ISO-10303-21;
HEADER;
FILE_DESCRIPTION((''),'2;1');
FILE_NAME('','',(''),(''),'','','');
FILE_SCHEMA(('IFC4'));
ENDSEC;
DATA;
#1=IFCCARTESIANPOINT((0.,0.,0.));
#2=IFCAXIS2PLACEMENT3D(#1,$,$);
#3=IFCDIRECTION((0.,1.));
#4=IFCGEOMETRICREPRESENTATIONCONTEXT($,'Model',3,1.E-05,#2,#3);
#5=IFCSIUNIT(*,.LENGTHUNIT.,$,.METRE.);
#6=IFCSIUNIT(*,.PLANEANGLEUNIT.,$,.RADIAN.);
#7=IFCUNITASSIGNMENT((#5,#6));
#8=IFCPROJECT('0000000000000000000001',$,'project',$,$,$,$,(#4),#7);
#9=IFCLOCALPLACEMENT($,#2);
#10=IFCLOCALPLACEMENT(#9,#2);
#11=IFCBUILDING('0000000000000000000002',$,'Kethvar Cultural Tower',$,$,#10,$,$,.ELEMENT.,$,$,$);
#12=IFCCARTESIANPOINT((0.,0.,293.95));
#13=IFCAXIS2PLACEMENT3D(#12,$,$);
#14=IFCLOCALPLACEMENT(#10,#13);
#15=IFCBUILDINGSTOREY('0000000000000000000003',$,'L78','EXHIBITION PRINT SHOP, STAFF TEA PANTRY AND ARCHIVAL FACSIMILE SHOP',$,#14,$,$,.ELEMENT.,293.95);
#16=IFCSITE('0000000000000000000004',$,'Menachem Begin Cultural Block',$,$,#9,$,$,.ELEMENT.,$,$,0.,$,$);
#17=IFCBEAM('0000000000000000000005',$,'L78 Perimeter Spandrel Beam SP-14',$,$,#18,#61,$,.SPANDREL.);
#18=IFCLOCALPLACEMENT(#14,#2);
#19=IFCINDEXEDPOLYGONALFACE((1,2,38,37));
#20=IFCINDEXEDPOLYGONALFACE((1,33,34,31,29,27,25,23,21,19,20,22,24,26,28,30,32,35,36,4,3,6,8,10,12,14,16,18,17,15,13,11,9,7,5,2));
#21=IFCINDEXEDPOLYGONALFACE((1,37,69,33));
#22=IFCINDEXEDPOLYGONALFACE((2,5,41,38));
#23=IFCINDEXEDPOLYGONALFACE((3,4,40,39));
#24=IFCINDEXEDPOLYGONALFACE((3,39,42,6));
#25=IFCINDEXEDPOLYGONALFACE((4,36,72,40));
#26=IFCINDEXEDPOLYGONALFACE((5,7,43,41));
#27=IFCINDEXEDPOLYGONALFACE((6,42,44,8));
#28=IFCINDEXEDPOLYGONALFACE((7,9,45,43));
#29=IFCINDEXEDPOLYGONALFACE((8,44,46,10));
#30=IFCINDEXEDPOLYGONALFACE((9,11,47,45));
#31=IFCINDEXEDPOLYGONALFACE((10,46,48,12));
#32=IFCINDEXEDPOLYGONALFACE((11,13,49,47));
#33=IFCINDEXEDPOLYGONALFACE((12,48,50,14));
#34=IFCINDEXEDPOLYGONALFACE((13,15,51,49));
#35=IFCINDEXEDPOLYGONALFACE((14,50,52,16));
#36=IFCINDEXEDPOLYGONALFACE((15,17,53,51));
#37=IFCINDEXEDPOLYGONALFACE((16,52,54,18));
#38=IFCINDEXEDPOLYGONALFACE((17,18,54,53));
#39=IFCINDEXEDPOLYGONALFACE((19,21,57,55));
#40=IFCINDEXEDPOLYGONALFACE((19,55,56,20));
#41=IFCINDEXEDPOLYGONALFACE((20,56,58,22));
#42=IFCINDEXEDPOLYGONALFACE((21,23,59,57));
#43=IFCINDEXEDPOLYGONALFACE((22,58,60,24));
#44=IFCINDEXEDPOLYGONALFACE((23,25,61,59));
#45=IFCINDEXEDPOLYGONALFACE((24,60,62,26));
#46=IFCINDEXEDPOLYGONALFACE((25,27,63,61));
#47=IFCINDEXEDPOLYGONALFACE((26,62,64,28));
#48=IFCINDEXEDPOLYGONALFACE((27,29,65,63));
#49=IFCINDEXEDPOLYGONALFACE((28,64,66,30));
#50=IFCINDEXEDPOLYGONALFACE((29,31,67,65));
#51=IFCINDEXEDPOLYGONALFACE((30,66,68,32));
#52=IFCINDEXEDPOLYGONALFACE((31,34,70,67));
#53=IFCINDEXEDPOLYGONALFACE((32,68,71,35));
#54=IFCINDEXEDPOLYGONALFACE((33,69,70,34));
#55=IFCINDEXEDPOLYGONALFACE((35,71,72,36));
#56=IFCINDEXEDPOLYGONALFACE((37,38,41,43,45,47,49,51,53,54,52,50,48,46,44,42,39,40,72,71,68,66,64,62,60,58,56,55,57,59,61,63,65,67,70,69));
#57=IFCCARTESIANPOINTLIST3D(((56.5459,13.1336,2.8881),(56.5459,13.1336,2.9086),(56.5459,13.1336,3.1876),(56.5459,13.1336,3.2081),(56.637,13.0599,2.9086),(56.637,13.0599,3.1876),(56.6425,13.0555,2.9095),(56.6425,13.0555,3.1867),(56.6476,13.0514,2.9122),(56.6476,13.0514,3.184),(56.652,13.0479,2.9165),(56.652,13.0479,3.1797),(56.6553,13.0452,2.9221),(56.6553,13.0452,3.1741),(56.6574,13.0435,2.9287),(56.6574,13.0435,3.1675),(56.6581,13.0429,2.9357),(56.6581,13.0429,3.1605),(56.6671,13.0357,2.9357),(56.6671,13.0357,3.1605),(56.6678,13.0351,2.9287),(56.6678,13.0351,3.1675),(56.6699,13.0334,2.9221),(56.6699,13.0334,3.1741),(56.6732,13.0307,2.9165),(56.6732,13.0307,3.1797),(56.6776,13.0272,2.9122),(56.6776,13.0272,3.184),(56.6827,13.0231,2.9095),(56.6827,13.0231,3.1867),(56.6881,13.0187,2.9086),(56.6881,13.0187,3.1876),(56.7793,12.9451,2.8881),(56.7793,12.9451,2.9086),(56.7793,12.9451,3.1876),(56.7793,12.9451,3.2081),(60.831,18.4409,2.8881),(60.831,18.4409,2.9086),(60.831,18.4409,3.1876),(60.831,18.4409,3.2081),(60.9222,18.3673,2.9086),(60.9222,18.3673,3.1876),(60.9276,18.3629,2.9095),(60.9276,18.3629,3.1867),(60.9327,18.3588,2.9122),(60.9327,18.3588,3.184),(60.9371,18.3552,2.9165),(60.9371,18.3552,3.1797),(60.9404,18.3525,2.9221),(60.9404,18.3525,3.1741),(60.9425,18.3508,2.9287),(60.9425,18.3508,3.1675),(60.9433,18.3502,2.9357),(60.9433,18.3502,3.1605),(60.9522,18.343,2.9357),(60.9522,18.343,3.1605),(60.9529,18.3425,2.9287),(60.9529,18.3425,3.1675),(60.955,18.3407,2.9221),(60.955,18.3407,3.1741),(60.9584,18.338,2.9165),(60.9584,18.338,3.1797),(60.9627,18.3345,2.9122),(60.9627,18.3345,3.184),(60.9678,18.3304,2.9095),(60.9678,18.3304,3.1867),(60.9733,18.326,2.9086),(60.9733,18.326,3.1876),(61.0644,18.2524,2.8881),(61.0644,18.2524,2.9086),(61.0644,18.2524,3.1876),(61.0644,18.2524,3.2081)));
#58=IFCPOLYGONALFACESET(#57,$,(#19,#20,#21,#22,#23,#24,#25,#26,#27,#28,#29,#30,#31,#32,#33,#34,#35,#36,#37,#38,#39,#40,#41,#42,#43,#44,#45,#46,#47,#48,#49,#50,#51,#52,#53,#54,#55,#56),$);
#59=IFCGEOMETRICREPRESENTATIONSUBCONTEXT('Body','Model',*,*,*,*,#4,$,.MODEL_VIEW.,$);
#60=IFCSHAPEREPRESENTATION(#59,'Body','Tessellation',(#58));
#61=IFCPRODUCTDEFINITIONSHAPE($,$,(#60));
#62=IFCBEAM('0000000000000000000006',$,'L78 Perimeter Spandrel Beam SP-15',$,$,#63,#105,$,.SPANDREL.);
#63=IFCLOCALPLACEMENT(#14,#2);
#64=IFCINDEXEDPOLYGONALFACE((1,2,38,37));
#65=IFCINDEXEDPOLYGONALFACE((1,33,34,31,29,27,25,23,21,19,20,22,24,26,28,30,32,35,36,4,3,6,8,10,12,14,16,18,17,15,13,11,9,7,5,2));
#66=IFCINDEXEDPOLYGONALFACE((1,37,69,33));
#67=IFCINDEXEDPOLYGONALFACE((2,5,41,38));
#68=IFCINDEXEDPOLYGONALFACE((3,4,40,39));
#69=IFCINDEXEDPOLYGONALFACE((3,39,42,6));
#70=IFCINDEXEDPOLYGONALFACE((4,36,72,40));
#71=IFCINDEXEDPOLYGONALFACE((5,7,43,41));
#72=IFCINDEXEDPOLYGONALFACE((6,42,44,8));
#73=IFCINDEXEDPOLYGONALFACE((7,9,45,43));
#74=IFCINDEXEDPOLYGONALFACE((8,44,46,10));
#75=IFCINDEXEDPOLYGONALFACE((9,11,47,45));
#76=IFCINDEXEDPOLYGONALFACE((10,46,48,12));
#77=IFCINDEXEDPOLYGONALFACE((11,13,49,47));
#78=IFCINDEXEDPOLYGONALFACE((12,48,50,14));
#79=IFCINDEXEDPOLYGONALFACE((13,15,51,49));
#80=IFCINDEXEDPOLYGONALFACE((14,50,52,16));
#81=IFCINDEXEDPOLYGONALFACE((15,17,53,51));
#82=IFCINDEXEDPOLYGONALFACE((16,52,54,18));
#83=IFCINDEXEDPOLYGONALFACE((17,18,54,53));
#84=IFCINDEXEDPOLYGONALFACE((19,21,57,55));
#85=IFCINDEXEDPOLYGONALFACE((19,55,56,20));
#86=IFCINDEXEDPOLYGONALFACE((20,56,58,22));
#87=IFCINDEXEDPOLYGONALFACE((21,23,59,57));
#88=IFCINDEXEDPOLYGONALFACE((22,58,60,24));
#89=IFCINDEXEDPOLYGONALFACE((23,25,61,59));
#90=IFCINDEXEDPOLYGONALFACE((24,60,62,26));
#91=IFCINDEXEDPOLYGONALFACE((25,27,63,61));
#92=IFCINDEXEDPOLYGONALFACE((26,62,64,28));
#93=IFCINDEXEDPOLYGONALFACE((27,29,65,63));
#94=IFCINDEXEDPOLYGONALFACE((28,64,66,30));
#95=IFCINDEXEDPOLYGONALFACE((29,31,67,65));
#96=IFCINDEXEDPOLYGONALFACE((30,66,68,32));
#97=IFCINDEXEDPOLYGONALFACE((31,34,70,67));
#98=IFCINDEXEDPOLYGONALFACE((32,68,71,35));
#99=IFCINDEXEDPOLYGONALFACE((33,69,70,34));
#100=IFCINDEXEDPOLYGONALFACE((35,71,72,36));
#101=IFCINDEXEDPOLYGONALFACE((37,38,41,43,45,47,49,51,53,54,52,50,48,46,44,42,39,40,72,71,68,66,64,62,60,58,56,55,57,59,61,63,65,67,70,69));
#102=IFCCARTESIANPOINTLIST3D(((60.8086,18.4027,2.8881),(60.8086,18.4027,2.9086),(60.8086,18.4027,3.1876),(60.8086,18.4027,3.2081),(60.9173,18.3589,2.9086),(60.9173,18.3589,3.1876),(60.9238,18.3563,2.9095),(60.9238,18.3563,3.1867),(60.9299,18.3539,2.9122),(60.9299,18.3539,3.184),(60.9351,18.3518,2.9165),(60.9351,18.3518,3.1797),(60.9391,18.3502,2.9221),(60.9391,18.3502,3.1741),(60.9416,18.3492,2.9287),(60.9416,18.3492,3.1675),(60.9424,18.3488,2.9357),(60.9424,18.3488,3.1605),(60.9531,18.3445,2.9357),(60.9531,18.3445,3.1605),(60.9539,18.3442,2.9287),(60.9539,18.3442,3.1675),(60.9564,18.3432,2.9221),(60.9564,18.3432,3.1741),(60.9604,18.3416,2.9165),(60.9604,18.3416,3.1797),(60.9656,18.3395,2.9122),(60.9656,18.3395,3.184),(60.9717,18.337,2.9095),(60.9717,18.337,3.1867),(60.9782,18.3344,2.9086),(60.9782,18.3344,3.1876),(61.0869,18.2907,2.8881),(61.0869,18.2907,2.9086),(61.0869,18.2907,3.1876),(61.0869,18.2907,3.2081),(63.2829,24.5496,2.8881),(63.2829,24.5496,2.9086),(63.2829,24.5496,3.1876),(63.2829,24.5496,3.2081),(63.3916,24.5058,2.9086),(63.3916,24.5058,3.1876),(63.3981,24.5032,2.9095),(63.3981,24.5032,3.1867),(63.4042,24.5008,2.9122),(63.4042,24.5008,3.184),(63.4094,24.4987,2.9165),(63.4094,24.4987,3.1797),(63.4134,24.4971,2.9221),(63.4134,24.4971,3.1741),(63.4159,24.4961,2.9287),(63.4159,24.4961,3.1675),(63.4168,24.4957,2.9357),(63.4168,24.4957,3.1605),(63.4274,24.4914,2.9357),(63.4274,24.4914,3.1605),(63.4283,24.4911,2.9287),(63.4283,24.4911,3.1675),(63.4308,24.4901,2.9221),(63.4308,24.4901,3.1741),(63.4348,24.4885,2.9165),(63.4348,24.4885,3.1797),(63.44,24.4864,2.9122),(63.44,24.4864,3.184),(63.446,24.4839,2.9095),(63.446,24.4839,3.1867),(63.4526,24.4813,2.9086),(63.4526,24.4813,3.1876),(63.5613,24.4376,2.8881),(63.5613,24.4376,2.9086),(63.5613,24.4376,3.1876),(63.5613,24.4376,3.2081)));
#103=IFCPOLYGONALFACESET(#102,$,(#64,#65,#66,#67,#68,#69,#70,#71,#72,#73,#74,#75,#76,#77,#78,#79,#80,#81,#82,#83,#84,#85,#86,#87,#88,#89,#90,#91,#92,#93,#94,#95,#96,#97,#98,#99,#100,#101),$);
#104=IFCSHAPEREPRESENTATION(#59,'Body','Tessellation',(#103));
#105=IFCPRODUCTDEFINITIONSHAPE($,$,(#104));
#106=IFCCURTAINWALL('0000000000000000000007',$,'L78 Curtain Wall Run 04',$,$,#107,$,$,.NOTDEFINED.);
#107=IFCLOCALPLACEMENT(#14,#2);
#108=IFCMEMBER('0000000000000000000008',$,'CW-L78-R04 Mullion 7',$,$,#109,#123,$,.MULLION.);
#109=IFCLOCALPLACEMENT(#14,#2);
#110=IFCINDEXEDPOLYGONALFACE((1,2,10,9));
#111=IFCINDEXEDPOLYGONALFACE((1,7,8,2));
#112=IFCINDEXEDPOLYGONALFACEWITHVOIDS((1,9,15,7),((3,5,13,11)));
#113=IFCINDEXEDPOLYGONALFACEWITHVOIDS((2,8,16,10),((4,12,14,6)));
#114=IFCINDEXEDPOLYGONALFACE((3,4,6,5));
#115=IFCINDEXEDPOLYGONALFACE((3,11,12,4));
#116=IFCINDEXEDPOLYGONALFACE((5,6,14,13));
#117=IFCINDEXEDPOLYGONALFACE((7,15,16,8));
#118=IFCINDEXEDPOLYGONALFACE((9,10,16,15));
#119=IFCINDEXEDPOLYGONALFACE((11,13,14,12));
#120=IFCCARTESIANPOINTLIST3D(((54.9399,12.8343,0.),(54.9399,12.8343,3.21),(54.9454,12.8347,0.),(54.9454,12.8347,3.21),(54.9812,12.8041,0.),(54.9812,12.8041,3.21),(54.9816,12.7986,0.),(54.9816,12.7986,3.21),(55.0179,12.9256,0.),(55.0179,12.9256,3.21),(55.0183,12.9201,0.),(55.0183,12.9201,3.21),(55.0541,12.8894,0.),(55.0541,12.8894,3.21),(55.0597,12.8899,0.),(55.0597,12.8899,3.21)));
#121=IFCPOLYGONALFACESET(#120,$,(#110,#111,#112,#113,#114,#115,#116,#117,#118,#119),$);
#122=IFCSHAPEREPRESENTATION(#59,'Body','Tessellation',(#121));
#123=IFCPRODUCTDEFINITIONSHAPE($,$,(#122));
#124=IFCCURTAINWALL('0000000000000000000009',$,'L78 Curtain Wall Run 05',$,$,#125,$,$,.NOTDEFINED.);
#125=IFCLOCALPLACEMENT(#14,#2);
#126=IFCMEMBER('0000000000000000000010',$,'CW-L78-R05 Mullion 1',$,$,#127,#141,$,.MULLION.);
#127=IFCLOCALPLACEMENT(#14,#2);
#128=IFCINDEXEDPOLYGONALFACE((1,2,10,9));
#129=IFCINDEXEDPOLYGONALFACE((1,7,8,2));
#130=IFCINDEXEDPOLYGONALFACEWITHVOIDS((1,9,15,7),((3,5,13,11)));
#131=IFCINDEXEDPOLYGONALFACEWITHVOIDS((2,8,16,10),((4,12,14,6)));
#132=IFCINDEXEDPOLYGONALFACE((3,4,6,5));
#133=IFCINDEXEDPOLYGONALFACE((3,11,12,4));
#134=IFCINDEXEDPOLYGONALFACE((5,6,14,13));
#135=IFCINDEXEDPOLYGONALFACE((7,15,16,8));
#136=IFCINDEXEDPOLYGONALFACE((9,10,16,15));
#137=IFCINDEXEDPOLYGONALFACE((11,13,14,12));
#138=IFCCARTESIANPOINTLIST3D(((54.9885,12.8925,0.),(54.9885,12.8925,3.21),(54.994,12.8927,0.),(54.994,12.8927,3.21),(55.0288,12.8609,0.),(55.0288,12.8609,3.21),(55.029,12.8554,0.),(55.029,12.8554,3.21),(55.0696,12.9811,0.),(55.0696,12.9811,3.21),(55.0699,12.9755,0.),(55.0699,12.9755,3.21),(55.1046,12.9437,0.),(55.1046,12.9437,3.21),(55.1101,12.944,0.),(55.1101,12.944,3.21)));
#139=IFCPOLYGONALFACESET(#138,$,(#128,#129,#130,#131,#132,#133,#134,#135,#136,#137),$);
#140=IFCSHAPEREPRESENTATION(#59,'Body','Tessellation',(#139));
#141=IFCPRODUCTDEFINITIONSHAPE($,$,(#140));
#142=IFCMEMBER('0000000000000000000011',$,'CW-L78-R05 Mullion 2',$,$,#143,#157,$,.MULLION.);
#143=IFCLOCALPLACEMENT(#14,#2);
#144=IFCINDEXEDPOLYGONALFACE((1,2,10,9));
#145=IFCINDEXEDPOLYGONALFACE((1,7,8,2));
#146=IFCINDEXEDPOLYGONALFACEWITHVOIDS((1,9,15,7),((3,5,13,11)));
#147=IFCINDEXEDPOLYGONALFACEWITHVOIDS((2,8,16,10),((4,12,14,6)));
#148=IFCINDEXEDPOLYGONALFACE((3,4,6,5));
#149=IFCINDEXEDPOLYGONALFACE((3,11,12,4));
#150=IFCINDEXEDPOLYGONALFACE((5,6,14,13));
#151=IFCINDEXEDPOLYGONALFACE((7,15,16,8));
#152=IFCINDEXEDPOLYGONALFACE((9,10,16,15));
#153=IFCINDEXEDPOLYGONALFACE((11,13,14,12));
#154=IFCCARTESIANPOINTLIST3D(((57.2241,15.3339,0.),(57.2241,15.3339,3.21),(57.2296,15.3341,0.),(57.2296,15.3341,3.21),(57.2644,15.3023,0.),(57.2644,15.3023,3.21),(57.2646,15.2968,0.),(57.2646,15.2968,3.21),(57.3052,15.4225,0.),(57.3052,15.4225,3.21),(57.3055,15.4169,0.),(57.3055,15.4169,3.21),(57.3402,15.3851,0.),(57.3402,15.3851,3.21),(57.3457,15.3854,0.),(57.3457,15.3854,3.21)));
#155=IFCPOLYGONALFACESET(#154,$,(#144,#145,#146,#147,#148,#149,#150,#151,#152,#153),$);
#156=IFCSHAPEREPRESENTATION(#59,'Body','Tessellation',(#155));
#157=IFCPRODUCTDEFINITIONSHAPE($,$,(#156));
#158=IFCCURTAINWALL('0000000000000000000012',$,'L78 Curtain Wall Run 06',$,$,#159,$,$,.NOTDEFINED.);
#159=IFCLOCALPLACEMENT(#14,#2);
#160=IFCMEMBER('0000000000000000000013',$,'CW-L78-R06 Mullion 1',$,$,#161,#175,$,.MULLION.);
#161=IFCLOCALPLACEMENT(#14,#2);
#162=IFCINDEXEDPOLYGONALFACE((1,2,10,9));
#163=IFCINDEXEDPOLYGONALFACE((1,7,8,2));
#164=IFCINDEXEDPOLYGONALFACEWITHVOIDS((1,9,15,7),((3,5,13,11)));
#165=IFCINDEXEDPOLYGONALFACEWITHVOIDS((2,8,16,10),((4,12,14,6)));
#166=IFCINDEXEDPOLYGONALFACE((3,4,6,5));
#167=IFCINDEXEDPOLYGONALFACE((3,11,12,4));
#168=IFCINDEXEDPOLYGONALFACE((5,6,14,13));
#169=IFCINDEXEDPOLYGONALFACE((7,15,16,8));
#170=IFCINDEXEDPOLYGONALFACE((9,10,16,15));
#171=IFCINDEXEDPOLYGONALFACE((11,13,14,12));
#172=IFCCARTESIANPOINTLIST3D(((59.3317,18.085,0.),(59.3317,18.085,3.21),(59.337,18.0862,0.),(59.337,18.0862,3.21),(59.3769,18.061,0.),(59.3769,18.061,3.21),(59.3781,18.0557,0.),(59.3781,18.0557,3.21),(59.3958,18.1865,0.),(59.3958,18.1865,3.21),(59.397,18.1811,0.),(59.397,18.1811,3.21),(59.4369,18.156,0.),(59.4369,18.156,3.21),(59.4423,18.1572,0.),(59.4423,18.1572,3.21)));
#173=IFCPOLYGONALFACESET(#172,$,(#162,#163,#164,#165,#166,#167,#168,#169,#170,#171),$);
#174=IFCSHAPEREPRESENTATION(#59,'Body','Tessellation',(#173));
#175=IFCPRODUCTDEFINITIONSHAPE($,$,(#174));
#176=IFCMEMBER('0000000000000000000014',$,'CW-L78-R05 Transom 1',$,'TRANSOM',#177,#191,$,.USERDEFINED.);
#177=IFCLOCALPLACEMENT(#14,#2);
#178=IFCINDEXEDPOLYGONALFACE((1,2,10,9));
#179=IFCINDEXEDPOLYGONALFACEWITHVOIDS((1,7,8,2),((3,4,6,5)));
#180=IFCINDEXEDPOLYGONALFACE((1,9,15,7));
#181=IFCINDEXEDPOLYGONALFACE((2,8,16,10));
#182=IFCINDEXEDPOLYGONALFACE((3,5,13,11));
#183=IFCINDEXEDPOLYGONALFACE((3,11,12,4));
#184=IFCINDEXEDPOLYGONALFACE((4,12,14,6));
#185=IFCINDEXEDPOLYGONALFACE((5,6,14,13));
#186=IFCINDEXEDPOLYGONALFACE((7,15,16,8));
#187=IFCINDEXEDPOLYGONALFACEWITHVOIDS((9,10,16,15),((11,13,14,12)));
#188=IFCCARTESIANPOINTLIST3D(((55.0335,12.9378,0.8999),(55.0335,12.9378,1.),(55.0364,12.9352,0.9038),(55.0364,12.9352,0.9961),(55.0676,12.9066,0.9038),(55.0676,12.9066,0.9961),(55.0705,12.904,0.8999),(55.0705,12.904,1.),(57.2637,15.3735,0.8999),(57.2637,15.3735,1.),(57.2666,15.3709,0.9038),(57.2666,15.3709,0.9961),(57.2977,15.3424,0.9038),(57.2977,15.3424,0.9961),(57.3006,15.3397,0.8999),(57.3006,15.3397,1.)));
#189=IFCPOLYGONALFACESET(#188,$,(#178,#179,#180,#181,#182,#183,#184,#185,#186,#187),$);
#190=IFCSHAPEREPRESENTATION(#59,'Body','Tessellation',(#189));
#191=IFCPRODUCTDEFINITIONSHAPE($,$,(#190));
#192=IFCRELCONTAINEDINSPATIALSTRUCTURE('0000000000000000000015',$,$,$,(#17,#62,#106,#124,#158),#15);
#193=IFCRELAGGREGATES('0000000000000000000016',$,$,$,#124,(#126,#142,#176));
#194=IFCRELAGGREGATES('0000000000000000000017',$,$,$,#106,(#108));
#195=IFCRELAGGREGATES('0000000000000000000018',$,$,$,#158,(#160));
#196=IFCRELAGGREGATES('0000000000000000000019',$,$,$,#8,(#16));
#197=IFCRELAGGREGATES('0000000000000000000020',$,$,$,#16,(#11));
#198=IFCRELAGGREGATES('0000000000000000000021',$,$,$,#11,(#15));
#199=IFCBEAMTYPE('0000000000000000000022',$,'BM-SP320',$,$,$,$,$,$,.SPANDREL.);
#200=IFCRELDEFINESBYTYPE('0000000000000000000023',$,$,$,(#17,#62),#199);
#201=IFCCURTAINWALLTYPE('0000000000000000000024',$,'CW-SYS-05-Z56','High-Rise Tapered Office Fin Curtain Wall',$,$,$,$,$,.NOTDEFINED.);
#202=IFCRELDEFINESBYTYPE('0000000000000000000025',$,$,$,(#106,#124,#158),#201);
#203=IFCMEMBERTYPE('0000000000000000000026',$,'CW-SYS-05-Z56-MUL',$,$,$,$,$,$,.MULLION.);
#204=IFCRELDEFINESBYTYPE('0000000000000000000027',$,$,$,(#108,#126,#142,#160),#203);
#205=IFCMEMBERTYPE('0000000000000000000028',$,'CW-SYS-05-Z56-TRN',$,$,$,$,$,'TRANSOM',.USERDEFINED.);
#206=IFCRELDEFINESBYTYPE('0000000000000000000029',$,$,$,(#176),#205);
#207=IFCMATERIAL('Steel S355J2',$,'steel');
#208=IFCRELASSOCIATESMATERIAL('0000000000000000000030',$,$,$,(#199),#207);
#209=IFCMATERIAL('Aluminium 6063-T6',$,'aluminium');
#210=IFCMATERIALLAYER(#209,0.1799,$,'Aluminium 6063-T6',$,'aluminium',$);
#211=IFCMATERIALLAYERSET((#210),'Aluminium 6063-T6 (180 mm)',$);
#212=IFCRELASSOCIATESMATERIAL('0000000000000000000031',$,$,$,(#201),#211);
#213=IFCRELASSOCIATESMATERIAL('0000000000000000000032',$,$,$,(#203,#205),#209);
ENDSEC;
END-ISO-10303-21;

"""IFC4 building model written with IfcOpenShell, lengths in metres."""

from ifc_helpers import new_model, si_unit, direction, frame, origin, origin_2d, place, context, subcontext, project, spatial, hollow_rectangle, i_section, extrude, source, transform, mapped, material, layer, layer_set, material_profile, profile_set, type_object, element, aggregate, save


model = new_model("IFC4")

# Units and contexts
model_context = context("Model", 3, precision=1e-05, world=origin(), true_north=direction((0.0, 1.0)))
body_context = subcontext(model_context, "Body", "Model", "MODEL_VIEW")
ifc_project = project(units=[si_unit("LENGTHUNIT", "METRE"), si_unit("PLANEANGLEUNIT", "RADIAN")], contexts=[model_context])

# Site, building, storey
site_placement = place(None, origin())
site = spatial("IfcSite", under=ifc_project, at=site_placement, Name="Menachem Begin Cultural Block", CompositionType="ELEMENT", RefElevation=0.0)
building_placement = place(site_placement, origin())
building = spatial("IfcBuilding", under=site, at=building_placement, Name="Kethvar Cultural Tower", CompositionType="ELEMENT")
storey_placement = place(building_placement, frame((0.0, 0.0, 293.95)))
storey = spatial("IfcBuildingStorey", under=building, at=storey_placement, Name="L78", Description="EXHIBITION PRINT SHOP, STAFF TEA PANTRY AND ARCHIVAL FACSIMILE SHOP", CompositionType="ELEMENT", Elevation=293.95)

# Shared definitions
ifc_material_1 = material(Name="Steel S355J2", Category="steel")

# Beams
ifc_material_profile_1 = material_profile(ifc_material_1, i_section(OverallWidth=0.3, OverallDepth=0.3201, WebThickness=0.0115, FlangeThickness=0.0205, FilletRadius=0.0271, at=origin_2d()), Name="Steel S355J2 — HEB320")
ifc_profile_set_1 = profile_set([ifc_material_profile_1], Name="Steel S355J2 — HEB320")
beam_type_1 = type_object("IfcBeamType", Name="BM-SP320", PredefinedType="SPANDREL", material=ifc_profile_set_1)
shared_shape_1 = source(origin(), body_context, "Body", "SweptSolid", [
    extrude(i_section(OverallWidth=0.3, OverallDepth=0.3201, WebThickness=0.0115, FlangeThickness=0.0205, FilletRadius=0.0271, at=origin_2d()), origin(), (0.0, 0.0, 1.0), 6.8213),
])
beam_1_placement = place(storey_placement, frame((56.6626, 13.0393, 3.0481), z_axis=(0.628198, 0.778054, 0.0), x_axis=(-0.778054, 0.628198, 0.0)))
element("IfcBeam", 1, at=beam_1_placement, inside=storey, type_object=beam_type_1, Name="L78 Perimeter Spandrel Beam SP-14", PredefinedType="SPANDREL", context=body_context, shape_type="MappedRepresentation", body=[
    mapped(shared_shape_1, transform((0.0, 0.0, 0.0), scale=1.0)),
])
shared_shape_2 = source(origin(), body_context, "Body", "SweptSolid", [
    extrude(i_section(OverallWidth=0.3, OverallDepth=0.3201, WebThickness=0.0115, FlangeThickness=0.0205, FilletRadius=0.0271, at=origin_2d()), origin(), (0.0, 0.0, 1.0), 6.6262),
])
beam_2_placement = place(storey_placement, frame((60.9478, 18.3467, 3.0481), z_axis=(0.373416, 0.927664, 0.0), x_axis=(-0.927664, 0.373416, 0.0)))
element("IfcBeam", 2, at=beam_2_placement, inside=storey, type_object=beam_type_1, Name="L78 Perimeter Spandrel Beam SP-15", PredefinedType="SPANDREL", context=body_context, shape_type="MappedRepresentation", body=[
    mapped(shared_shape_2, transform((0.0, 0.0, 0.0), scale=1.0)),
])

# Curtain wall, member
ifc_material_2 = material(Name="Aluminium 6063-T6", Category="aluminium")
ifc_layer_1 = layer(ifc_material_2, 0.1799, Name="Aluminium 6063-T6", Category="aluminium")
ifc_layer_set_1 = layer_set([ifc_layer_1], Name="Aluminium 6063-T6 (180 mm)")
curtain_wall_type = type_object("IfcCurtainWallType", Name="CW-SYS-05-Z56", Description="High-Rise Tapered Office Fin Curtain Wall", PredefinedType="NOTDEFINED", material=ifc_layer_set_1)
curtain_wall_1_placement = place(storey_placement, origin())
curtain_wall_1 = element("IfcCurtainWall", 3, at=curtain_wall_1_placement, inside=storey, type_object=curtain_wall_type, Name="L78 Curtain Wall Run 04", PredefinedType="NOTDEFINED")
ifc_material_profile_2 = material_profile(ifc_material_2, hollow_rectangle(XDim=0.0549, YDim=0.1201, WallThickness=0.0039, at=origin_2d()), Name="Aluminium 6063-T6 — RHS120x55x4")
ifc_profile_set_2 = profile_set([ifc_material_profile_2], Name="Aluminium 6063-T6 — RHS120x55x4")
member_type_1 = type_object("IfcMemberType", Name="CW-SYS-05-Z56-MUL", PredefinedType="MULLION", material=ifc_profile_set_2)
shared_shape_3 = source(origin(), body_context, "Body", "SweptSolid", [
    extrude(hollow_rectangle(XDim=0.0549, YDim=0.1201, WallThickness=0.0039, at=origin_2d()), origin(), (0.0, 0.0, 1.0), 3.21),
])
member_1_placement = place(storey_placement, frame((54.9998, 12.8621, 0.0), z_axis=(0.0, 0.0, 1.0), x_axis=(-0.760145, 0.649753, 0.0)))
member_1 = element("IfcMember", 4, at=member_1_placement, type_object=member_type_1, Name="CW-L78-R04 Mullion 7", PredefinedType="MULLION", context=body_context, shape_type="MappedRepresentation", body=[
    mapped(shared_shape_3, transform((0.0, 0.0, 0.0), scale=1.0)),
])

# Curtain wall, members
curtain_wall_2_placement = place(storey_placement, origin())
curtain_wall_2 = element("IfcCurtainWall", 5, at=curtain_wall_2_placement, inside=storey, type_object=curtain_wall_type, Name="L78 Curtain Wall Run 05", PredefinedType="NOTDEFINED")
member_2_placement = place(storey_placement, frame((55.0493, 12.9182, 0.0), z_axis=(0.0, 0.0, 1.0), x_axis=(-0.737513, 0.675333, 0.0)))
member_2 = element("IfcMember", 6, at=member_2_placement, type_object=member_type_1, Name="CW-L78-R05 Mullion 1", PredefinedType="MULLION", context=body_context, shape_type="MappedRepresentation", body=[
    mapped(shared_shape_3, transform((0.0, 0.0, 0.0), scale=1.0)),
])
member_3_placement = place(storey_placement, frame((57.2849, 15.3596, 0.0), z_axis=(0.0, 0.0, 1.0), x_axis=(-0.737513, 0.675333, 0.0)))
member_3 = element("IfcMember", 7, at=member_3_placement, type_object=member_type_1, Name="CW-L78-R05 Mullion 2", PredefinedType="MULLION", context=body_context, shape_type="MappedRepresentation", body=[
    mapped(shared_shape_3, transform((0.0, 0.0, 0.0), scale=1.0)),
])

# Curtain wall, member
curtain_wall_3_placement = place(storey_placement, origin())
curtain_wall_3 = element("IfcCurtainWall", 8, at=curtain_wall_3_placement, inside=storey, type_object=curtain_wall_type, Name="L78 Curtain Wall Run 06", PredefinedType="NOTDEFINED")
member_4_placement = place(storey_placement, frame((59.387, 18.1211, 0.0), z_axis=(0.0, 0.0, 1.0), x_axis=(-0.845336, 0.534234, 0.0)))
member_4 = element("IfcMember", 9, at=member_4_placement, type_object=member_type_1, Name="CW-L78-R06 Mullion 1", PredefinedType="MULLION", context=body_context, shape_type="MappedRepresentation", body=[
    mapped(shared_shape_3, transform((0.0, 0.0, 0.0), scale=1.0)),
])

# Member
ifc_material_profile_3 = material_profile(ifc_material_2, hollow_rectangle(XDim=0.05, YDim=0.1001, WallThickness=0.0039, at=origin_2d()), Name="Aluminium 6063-T6 — RHS100x50x4")
ifc_profile_set_3 = profile_set([ifc_material_profile_3], Name="Aluminium 6063-T6 — RHS100x50x4")
member_type_2 = type_object("IfcMemberType", Name="CW-SYS-05-Z56-TRN", ElementType="TRANSOM", PredefinedType="USERDEFINED", material=ifc_profile_set_3)
shared_shape_4 = source(origin(), body_context, "Body", "SweptSolid", [
    extrude(hollow_rectangle(XDim=0.05, YDim=0.1001, WallThickness=0.0039, at=origin_2d()), origin(), (0.0, 0.0, 1.0), 3.3025),
])
member_5_placement = place(storey_placement, frame((55.052, 12.9209, 0.95), z_axis=(0.675299, 0.737544, 0.0), x_axis=(-0.737544, 0.675299, 0.0)))
member_5 = element("IfcMember", 10, at=member_5_placement, type_object=member_type_2, Name="CW-L78-R05 Transom 1", ObjectType="TRANSOM", PredefinedType="USERDEFINED", context=body_context, shape_type="MappedRepresentation", body=[
    mapped(shared_shape_4, transform((0.0, 0.0, 0.0), scale=1.0)),
])

aggregate(curtain_wall_2, [member_2, member_3, member_5])
aggregate(curtain_wall_1, [member_1])
aggregate(curtain_wall_3, [member_4])

save(model, "model.ifc")
